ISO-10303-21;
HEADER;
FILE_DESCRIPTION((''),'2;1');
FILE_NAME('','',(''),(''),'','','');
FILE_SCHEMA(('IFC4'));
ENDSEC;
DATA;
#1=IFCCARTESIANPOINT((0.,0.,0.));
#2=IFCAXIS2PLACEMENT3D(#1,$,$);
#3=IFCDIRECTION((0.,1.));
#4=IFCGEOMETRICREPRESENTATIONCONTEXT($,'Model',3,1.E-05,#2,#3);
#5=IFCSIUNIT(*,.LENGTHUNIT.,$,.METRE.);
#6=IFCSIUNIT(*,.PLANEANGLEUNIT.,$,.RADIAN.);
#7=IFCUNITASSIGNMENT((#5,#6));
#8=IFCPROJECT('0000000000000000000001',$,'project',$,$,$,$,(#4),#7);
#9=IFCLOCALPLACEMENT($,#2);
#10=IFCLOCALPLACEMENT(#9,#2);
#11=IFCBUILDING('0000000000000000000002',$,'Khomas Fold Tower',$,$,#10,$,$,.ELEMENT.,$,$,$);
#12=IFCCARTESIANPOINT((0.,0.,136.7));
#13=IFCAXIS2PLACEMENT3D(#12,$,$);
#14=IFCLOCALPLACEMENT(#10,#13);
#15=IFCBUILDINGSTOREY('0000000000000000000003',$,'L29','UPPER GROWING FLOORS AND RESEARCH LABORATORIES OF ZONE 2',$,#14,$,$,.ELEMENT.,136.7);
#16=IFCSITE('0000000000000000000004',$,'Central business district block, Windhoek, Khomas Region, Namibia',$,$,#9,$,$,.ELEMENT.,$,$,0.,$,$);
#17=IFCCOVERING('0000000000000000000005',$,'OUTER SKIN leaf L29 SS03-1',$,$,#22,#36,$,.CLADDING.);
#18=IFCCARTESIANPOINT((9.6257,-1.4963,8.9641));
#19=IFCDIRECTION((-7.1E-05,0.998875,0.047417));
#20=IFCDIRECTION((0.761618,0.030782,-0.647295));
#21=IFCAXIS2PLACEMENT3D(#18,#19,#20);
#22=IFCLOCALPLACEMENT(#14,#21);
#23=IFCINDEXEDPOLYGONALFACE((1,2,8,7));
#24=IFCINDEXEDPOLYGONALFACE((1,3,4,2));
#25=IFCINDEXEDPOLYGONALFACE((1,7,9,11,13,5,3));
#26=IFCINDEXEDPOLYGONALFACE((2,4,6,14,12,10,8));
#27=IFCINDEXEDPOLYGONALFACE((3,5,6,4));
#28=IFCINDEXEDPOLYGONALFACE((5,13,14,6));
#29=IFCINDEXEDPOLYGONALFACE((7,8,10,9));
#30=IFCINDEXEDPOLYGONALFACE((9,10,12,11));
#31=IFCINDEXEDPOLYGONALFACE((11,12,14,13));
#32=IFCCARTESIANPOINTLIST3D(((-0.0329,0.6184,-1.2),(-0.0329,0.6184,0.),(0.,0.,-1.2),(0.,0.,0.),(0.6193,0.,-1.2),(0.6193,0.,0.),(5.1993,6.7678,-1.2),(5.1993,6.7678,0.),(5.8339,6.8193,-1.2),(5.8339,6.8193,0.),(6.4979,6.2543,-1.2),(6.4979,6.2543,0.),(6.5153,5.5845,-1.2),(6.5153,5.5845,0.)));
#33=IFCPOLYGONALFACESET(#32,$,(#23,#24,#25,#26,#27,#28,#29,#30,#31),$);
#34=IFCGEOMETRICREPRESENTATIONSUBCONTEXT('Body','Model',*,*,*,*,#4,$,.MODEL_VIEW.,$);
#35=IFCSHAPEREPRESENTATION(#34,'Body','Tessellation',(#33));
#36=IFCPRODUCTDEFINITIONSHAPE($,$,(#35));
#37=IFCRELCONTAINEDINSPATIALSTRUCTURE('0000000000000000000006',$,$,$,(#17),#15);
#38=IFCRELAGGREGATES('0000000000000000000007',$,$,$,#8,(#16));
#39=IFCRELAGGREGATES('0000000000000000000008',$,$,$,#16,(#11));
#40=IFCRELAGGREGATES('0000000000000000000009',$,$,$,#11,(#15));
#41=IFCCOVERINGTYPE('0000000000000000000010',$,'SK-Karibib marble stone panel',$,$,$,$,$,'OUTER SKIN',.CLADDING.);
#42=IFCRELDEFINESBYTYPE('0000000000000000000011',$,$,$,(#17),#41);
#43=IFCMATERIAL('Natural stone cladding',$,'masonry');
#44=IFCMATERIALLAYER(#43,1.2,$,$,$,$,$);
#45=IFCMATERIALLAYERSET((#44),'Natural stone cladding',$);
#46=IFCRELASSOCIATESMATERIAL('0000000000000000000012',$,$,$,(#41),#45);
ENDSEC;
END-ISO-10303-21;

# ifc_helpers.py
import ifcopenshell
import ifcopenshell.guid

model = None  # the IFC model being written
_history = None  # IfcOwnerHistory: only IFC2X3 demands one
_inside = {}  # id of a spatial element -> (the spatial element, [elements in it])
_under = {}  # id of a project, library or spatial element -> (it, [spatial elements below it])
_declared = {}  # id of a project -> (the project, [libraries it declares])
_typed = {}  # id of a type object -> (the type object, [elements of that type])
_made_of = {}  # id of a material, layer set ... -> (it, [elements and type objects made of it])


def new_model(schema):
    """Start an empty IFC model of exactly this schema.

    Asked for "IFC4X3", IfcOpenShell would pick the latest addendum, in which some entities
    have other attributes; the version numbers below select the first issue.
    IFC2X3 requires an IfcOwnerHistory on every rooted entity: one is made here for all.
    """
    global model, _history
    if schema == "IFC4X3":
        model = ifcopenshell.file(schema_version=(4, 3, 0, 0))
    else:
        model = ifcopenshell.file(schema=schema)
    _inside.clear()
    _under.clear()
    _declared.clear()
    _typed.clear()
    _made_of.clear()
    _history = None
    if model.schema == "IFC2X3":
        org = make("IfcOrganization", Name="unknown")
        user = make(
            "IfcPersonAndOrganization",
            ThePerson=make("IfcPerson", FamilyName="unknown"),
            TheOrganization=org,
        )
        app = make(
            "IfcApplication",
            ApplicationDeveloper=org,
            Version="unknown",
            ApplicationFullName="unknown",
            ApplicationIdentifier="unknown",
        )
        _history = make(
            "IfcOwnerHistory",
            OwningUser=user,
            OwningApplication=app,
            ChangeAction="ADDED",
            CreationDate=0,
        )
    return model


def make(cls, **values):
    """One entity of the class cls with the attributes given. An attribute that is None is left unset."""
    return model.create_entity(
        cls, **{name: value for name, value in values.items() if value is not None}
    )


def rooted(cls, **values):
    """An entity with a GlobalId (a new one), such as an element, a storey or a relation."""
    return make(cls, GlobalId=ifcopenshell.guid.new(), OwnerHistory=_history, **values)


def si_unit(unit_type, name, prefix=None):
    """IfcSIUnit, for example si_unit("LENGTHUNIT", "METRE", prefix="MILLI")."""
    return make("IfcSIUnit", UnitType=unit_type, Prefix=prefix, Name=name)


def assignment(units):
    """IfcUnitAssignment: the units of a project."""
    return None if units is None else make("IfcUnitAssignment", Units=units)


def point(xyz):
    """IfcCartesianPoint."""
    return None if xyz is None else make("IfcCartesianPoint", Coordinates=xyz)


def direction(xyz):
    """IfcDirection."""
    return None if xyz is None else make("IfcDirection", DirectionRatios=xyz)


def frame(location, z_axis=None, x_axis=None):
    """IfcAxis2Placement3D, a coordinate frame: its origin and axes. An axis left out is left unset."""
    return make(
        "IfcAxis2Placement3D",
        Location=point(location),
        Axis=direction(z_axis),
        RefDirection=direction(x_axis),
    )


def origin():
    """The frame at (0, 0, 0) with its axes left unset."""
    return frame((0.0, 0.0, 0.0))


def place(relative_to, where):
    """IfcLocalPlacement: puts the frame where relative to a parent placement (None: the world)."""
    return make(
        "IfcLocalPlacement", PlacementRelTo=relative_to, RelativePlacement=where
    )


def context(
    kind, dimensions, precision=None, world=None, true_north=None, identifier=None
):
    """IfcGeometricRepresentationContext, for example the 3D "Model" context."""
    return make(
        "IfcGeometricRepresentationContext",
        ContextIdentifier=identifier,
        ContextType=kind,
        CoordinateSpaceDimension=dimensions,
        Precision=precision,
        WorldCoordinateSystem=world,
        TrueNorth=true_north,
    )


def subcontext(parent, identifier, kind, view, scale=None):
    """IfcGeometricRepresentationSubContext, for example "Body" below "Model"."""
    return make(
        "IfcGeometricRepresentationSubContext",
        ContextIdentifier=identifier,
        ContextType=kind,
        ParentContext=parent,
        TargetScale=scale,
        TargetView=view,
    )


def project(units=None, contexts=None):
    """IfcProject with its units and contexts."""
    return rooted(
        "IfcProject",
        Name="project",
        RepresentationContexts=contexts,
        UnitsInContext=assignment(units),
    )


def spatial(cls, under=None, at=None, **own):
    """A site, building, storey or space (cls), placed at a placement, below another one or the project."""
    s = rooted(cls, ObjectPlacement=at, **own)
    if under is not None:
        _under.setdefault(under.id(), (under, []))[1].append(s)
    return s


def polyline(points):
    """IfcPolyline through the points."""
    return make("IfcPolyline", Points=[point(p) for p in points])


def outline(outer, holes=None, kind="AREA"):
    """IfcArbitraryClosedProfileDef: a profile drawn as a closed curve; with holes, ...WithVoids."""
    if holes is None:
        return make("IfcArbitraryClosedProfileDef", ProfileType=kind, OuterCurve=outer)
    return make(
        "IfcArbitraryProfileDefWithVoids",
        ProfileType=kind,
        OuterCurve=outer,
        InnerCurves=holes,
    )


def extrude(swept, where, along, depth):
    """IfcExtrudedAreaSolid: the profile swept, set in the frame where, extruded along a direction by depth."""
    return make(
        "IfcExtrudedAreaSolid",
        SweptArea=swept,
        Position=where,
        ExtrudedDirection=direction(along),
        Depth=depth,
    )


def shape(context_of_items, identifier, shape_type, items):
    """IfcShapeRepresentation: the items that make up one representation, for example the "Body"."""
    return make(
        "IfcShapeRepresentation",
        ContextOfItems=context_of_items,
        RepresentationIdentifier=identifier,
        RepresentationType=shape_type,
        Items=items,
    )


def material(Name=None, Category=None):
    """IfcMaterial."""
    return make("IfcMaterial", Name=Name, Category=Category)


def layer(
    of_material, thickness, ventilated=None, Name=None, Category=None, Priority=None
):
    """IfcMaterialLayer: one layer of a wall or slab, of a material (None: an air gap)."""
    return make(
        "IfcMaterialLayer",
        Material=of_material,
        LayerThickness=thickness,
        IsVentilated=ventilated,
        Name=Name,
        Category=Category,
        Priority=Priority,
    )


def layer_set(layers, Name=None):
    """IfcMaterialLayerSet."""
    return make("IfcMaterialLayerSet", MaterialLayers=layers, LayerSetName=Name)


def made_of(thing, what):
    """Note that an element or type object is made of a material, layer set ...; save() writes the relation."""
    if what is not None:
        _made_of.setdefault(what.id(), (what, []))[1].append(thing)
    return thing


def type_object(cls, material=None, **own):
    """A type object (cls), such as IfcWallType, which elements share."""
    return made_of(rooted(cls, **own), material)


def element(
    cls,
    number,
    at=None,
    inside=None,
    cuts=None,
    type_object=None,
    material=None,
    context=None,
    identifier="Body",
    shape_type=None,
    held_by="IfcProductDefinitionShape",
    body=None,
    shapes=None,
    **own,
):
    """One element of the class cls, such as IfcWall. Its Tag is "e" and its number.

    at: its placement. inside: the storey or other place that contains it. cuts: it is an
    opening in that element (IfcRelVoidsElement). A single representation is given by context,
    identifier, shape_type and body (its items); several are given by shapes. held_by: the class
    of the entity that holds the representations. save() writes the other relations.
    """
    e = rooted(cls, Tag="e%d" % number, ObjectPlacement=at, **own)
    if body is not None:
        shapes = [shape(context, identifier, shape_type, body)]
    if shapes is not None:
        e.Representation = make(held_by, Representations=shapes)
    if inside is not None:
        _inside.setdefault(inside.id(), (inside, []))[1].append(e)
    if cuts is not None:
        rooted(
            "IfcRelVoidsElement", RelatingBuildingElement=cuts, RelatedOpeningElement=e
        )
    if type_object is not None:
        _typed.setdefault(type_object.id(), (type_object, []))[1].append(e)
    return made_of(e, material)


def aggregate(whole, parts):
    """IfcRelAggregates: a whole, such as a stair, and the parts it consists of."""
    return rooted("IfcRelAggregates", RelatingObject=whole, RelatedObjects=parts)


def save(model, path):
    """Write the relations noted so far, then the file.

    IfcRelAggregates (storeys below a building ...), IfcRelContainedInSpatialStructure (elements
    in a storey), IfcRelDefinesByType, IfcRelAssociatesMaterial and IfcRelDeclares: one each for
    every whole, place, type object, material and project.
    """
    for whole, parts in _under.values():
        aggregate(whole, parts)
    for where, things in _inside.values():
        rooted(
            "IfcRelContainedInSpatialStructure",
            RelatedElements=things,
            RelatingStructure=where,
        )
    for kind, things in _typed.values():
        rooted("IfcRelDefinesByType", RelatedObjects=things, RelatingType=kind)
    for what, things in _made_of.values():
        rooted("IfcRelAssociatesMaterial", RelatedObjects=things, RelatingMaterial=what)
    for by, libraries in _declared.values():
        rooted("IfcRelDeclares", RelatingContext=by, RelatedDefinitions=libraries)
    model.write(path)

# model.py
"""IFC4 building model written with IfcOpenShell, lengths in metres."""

from ifc_helpers import new_model, si_unit, direction, frame, origin, place, context, subcontext, project, spatial, polyline, outline, extrude, material, layer, layer_set, type_object, element, save


model = new_model("IFC4")

# Units and contexts
model_context = context("Model", 3, precision=1e-05, world=origin(), true_north=direction((0.0, 1.0)))
body_context = subcontext(model_context, "Body", "Model", "MODEL_VIEW")
ifc_project = project(units=[si_unit("LENGTHUNIT", "METRE"), si_unit("PLANEANGLEUNIT", "RADIAN")], contexts=[model_context])

# Site, building, storey
site_placement = place(None, origin())
site = spatial("IfcSite", under=ifc_project, at=site_placement, Name="Central business district block, Windhoek, Khomas Region, Namibia", CompositionType="ELEMENT", RefElevation=0.0)
building_placement = place(site_placement, origin())
building = spatial("IfcBuilding", under=site, at=building_placement, Name="Khomas Fold Tower", CompositionType="ELEMENT")
storey_placement = place(building_placement, frame((0.0, 0.0, 136.7)))
storey = spatial("IfcBuildingStorey", under=building, at=storey_placement, Name="L29", Description="UPPER GROWING FLOORS AND RESEARCH LABORATORIES OF ZONE 2", CompositionType="ELEMENT", Elevation=136.7)

# Covering
ifc_material_1 = material(Name="Natural stone cladding", Category="masonry")
ifc_layer_1 = layer(ifc_material_1, 1.2)
ifc_layer_set_1 = layer_set([ifc_layer_1], Name="Natural stone cladding")
covering_type = type_object("IfcCoveringType", Name="SK-Karibib marble stone panel", ElementType="OUTER SKIN", PredefinedType="CLADDING", material=ifc_layer_set_1)
covering_placement = place(storey_placement, frame((9.6257, -1.4963, 8.9641), z_axis=(-0.000071, 0.998875, 0.047417), x_axis=(0.761618, 0.030782, -0.647295)))
element("IfcCovering", 1, at=covering_placement, inside=storey, type_object=covering_type, Name="OUTER SKIN leaf L29 SS03-1", PredefinedType="CLADDING", context=body_context, shape_type="SweptSolid", body=[
    extrude(outline(polyline([(0.0, 0.0), (0.6193, 0.0), (6.5153, 5.5845), (6.4979, 6.2543), (5.8339, 6.8193), (5.1993, 6.7678), (-0.0329, 0.6184), (0.0, 0.0)])), origin(), (0.0, 0.0, -1.0), 1.2),
])

save(model, "model.ifc")
